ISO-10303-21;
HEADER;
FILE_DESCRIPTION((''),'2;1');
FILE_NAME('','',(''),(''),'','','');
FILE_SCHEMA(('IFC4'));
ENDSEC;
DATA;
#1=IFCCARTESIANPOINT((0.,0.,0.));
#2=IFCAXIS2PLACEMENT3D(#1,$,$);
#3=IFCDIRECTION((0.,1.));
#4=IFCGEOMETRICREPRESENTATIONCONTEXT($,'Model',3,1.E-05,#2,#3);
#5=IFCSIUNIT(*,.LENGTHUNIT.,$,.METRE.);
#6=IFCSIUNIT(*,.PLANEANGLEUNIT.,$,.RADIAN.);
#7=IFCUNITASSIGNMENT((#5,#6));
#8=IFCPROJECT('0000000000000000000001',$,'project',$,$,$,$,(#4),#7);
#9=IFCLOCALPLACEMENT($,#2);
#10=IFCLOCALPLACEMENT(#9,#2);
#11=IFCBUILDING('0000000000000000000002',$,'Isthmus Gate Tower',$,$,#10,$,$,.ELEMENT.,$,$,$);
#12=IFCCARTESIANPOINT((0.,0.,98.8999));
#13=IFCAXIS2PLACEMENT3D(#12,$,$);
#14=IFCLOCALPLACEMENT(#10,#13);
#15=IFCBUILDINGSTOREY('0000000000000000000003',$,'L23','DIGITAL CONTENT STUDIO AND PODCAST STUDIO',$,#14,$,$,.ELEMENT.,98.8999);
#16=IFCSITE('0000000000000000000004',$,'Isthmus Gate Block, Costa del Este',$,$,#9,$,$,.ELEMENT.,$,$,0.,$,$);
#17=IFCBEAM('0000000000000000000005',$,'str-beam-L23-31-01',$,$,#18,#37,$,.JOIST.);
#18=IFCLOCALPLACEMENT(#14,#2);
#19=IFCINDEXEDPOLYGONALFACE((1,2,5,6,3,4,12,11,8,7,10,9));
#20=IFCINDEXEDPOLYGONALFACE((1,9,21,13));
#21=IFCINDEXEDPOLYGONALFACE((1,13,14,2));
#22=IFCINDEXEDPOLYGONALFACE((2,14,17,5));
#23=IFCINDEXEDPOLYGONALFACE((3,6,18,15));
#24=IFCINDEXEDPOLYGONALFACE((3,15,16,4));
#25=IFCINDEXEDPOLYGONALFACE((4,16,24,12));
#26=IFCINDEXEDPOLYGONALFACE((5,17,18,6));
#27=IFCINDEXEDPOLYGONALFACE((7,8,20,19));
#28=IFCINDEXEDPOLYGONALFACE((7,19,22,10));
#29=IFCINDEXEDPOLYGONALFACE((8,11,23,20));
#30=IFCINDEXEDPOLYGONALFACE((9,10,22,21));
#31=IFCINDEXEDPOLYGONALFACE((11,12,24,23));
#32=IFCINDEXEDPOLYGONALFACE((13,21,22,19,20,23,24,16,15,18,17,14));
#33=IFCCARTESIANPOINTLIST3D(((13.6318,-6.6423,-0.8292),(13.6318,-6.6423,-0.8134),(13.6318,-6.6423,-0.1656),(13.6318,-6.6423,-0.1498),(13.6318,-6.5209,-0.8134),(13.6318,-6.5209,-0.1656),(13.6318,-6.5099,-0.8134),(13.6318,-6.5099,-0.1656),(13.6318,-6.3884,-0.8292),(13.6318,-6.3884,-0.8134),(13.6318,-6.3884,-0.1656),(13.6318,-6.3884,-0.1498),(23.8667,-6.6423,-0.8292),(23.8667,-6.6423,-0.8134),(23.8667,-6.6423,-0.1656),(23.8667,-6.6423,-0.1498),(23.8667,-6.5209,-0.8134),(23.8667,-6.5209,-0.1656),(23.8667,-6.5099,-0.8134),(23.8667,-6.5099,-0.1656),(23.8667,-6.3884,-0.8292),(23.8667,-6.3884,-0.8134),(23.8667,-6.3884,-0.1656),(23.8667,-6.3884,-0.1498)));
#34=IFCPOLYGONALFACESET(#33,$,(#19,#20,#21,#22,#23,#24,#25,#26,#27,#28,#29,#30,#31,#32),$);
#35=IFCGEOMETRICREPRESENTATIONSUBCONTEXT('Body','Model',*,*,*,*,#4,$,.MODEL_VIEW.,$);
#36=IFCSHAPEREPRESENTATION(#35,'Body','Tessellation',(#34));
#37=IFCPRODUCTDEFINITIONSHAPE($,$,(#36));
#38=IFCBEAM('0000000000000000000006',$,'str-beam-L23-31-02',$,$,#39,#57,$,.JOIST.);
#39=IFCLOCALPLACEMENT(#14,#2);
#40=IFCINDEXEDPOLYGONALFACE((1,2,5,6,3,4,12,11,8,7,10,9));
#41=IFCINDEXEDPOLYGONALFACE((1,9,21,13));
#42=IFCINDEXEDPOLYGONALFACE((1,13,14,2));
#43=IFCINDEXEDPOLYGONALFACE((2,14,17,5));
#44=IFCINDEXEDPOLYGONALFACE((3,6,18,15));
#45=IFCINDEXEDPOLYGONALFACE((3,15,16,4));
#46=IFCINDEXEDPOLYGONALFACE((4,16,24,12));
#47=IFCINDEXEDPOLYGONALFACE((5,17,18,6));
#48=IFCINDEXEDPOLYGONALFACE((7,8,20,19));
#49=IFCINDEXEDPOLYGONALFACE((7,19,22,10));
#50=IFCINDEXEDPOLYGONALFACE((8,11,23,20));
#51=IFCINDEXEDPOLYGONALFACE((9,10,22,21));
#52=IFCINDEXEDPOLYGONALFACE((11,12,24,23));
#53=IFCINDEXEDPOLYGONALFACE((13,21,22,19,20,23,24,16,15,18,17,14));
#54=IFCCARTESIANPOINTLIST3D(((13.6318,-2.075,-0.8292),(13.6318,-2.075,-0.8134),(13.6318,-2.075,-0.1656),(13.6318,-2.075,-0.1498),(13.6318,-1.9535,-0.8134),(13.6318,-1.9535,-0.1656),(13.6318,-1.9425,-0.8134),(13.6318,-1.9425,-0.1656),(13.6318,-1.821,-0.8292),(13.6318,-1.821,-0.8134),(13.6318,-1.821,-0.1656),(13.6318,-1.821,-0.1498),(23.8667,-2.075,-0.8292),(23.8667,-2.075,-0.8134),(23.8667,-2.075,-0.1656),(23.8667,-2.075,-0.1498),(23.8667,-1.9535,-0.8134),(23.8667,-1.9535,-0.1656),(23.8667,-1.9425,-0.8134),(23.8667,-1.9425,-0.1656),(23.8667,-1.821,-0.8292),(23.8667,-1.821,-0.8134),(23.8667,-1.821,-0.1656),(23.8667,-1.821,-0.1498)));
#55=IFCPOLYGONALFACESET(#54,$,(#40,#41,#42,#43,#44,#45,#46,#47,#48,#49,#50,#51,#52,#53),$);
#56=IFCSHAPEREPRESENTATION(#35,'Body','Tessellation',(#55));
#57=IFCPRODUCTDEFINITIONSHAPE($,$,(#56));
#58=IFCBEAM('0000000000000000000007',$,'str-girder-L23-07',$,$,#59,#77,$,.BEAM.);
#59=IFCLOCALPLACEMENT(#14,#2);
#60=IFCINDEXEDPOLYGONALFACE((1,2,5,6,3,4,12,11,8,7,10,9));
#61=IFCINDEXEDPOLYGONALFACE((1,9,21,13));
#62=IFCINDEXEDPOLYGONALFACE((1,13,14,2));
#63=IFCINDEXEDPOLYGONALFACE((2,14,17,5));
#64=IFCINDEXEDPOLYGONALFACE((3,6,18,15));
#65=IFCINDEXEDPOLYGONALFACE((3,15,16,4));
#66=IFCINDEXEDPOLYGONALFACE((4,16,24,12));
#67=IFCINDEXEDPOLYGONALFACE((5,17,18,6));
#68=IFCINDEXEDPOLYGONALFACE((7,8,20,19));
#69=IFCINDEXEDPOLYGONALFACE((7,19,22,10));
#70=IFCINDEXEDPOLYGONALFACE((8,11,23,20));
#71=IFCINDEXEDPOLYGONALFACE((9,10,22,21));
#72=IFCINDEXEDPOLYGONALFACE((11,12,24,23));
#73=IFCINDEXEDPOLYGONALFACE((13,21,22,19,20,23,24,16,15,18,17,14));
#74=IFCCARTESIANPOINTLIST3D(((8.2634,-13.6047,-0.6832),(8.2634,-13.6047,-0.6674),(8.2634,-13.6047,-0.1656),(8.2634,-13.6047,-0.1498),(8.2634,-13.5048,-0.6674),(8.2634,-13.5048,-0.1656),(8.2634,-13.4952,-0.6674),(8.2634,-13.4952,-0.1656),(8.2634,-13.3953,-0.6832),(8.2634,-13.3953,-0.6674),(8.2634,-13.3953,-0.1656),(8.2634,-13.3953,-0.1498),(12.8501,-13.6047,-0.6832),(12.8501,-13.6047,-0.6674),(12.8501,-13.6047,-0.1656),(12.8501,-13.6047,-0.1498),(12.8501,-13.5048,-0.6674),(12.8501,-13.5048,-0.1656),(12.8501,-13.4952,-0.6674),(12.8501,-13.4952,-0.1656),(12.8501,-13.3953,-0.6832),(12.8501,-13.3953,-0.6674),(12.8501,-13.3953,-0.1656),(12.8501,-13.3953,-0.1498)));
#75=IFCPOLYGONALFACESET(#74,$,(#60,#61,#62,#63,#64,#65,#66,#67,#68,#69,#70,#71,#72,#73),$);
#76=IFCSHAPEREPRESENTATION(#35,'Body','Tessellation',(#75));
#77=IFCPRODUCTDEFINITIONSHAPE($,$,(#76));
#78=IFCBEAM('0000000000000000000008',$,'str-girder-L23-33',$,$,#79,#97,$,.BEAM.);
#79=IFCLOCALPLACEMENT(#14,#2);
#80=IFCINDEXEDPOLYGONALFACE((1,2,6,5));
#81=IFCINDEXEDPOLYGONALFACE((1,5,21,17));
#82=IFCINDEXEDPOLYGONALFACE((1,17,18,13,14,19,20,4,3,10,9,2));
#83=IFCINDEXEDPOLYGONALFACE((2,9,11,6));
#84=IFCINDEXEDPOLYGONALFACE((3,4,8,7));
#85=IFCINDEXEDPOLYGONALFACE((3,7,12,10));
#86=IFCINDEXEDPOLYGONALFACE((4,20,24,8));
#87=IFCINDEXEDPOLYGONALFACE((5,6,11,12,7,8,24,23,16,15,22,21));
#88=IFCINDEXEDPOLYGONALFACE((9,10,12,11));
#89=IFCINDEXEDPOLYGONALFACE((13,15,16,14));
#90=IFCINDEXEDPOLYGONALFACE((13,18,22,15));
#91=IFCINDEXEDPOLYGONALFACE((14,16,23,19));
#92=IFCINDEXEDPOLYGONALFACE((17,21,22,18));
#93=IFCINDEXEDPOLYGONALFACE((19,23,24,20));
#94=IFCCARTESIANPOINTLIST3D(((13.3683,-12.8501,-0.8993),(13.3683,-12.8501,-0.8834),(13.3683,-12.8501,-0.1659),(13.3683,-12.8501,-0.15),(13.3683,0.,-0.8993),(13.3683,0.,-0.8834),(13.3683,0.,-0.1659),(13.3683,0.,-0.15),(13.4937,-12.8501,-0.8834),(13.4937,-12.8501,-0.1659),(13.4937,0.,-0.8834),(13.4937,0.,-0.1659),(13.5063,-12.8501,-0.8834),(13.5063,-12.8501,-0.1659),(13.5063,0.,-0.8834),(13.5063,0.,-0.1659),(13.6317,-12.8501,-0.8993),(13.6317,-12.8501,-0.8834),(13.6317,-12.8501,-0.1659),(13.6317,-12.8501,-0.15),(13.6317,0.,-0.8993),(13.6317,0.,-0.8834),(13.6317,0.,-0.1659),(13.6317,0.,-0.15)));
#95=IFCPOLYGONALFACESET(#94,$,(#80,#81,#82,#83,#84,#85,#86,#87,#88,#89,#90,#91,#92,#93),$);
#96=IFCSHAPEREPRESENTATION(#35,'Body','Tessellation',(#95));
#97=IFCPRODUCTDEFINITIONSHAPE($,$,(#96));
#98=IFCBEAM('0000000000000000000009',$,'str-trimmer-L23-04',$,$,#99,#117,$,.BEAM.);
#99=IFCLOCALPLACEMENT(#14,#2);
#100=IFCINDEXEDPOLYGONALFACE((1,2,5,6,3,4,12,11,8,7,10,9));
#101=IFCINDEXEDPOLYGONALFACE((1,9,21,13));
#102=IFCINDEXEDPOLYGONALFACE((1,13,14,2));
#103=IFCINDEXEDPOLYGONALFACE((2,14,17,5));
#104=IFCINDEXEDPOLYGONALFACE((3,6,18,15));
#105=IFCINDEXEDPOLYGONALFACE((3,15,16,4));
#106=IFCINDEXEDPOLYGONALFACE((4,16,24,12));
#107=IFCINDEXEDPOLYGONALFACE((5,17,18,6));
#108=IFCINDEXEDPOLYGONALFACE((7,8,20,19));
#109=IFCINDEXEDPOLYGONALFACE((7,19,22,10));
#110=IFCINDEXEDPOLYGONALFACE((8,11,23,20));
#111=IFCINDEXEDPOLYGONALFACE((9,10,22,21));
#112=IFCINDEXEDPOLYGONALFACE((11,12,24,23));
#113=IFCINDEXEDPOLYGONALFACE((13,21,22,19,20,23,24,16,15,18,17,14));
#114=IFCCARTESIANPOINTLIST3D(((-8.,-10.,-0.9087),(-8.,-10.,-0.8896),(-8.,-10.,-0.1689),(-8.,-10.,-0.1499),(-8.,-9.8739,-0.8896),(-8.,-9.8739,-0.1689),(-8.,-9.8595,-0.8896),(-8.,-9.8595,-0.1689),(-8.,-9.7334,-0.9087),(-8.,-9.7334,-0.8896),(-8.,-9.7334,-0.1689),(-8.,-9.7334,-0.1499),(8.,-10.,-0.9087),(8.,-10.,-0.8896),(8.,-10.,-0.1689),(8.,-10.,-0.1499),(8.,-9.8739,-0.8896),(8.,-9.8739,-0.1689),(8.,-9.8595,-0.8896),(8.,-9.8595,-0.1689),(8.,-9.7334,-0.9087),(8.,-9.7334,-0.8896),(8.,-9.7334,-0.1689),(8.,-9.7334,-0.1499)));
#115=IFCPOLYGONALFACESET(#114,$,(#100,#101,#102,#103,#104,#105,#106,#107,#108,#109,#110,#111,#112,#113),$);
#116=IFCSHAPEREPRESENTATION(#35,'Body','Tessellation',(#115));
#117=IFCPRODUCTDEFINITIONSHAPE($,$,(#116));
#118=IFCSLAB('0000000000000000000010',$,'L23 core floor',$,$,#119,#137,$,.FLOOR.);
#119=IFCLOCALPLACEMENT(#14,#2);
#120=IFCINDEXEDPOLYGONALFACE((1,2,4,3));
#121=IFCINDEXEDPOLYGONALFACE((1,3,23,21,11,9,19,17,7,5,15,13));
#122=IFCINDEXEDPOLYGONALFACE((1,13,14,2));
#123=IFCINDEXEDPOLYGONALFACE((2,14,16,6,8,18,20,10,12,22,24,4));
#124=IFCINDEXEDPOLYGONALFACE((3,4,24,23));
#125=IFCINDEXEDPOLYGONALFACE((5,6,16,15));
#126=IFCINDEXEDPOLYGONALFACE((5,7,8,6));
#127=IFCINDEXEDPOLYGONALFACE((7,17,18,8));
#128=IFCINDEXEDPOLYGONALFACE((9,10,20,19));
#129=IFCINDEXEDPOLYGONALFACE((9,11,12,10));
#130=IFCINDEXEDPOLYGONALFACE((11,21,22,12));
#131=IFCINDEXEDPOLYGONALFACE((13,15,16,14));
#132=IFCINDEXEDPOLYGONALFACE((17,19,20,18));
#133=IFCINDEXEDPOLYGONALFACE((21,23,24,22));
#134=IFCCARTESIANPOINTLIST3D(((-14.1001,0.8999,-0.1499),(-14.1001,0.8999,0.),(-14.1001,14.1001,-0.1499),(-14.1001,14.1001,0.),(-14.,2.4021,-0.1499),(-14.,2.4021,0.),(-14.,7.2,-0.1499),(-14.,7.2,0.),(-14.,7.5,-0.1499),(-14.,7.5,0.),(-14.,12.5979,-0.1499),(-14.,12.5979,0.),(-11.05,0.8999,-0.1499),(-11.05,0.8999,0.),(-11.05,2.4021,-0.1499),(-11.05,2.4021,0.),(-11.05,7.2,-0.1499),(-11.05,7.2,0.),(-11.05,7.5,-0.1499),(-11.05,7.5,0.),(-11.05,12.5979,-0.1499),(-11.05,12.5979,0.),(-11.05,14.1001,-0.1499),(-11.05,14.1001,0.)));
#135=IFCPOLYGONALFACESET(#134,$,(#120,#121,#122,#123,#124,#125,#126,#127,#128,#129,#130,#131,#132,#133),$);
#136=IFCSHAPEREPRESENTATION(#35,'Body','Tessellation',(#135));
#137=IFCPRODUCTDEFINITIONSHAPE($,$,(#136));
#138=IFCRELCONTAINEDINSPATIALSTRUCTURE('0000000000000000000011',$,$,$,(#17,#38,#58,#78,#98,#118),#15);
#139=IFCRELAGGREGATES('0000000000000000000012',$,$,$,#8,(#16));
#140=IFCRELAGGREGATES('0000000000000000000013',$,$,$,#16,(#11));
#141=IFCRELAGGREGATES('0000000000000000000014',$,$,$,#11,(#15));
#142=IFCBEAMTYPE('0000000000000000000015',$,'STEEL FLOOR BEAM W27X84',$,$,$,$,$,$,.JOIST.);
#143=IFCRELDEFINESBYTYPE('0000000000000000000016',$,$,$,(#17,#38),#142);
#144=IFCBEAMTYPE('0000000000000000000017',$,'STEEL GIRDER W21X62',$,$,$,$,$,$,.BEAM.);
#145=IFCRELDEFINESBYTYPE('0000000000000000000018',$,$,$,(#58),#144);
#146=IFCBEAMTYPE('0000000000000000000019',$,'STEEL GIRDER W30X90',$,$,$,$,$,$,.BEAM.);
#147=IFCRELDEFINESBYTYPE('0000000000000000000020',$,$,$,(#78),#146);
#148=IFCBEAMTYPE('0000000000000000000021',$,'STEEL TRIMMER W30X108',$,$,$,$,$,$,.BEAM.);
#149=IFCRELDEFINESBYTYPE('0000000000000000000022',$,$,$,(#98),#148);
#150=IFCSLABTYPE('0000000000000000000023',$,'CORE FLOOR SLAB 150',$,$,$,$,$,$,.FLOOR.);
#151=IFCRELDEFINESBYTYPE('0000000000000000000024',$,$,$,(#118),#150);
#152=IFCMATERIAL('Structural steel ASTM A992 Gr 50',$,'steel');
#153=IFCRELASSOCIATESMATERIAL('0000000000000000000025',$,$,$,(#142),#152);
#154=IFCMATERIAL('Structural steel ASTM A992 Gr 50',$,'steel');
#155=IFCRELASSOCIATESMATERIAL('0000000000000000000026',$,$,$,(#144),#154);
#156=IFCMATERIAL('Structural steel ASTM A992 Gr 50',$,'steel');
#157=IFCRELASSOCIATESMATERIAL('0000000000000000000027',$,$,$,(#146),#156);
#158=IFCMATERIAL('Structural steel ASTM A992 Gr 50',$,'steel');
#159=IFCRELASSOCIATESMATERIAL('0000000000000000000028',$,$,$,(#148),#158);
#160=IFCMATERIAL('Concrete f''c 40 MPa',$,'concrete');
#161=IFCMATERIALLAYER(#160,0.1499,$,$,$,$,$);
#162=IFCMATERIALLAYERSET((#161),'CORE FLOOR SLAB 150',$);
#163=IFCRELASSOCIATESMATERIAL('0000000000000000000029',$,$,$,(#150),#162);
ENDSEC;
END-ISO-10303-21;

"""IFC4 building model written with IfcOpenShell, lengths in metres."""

from ifc_helpers import new_model, si_unit, direction, frame, origin, origin_2d, place, context, subcontext, project, spatial, polyline, i_section, outline, extrude, material, layer, layer_set, material_profile, profile_set, type_object, element, save


model = new_model("IFC4")

# Units and contexts
model_context = context("Model", 3, precision=1e-05, world=origin(), true_north=direction((0.0, 1.0)))
body_context = subcontext(model_context, "Body", "Model", "MODEL_VIEW")
ifc_project = project(units=[si_unit("LENGTHUNIT", "METRE"), si_unit("PLANEANGLEUNIT", "RADIAN")], contexts=[model_context])

# Site, building, storey
site_placement = place(None, origin())
site = spatial("IfcSite", under=ifc_project, at=site_placement, Name="Isthmus Gate Block, Costa del Este", CompositionType="ELEMENT", RefElevation=0.0)
building_placement = place(site_placement, origin())
building = spatial("IfcBuilding", under=site, at=building_placement, Name="Isthmus Gate Tower", CompositionType="ELEMENT")
storey_placement = place(building_placement, frame((0.0, 0.0, 98.8999)))
storey = spatial("IfcBuildingStorey", under=building, at=storey_placement, Name="L23", Description="DIGITAL CONTENT STUDIO AND PODCAST STUDIO", CompositionType="ELEMENT", Elevation=98.8999)

# Beams
ifc_material_1 = material(Name="Structural steel ASTM A992 Gr 50", Category="steel")
ifc_material_profile_1 = material_profile(ifc_material_1, i_section(OverallWidth=0.2539, OverallDepth=0.6794, WebThickness=0.011, FlangeThickness=0.0159, at=origin_2d()), Name="W27X84")
ifc_profile_set_1 = profile_set([ifc_material_profile_1], Name="Structural steel ASTM A992 Gr 50")
beam_type_1 = type_object("IfcBeamType", Name="STEEL FLOOR BEAM W27X84", PredefinedType="JOIST", material=ifc_profile_set_1)
for number, where, z_axis, x_axis, name in (
    (1, (13.6318, -6.5154, -0.4895), (1.0, 0.0, 0.0), (0.0, 1.0, 0.0), "str-beam-L23-31-01"),
    (2, (13.6318, -1.948, -0.4895), (1.0, 0.0, 0.0), (0.0, 1.0, 0.0), "str-beam-L23-31-02"),
):
    element("IfcBeam", number, at=place(storey_placement, frame(where, z_axis=z_axis, x_axis=x_axis)), inside=storey, type_object=beam_type_1, Name=name, PredefinedType="JOIST", context=body_context, shape_type="SweptSolid", body=[
        extrude(i_section(OverallWidth=0.2539, OverallDepth=0.6794, WebThickness=0.011, FlangeThickness=0.0159, at=origin_2d()), origin(), (0.0, 0.0, 1.0), 10.2349),
    ])
ifc_material_2 = material(Name="Structural steel ASTM A992 Gr 50", Category="steel")
ifc_material_profile_2 = material_profile(ifc_material_2, i_section(OverallWidth=0.2095, OverallDepth=0.5334, WebThickness=0.0095, FlangeThickness=0.0159, at=origin_2d()), Name="W21X62")
ifc_profile_set_2 = profile_set([ifc_material_profile_2], Name="Structural steel ASTM A992 Gr 50")
beam_type_2 = type_object("IfcBeamType", Name="STEEL GIRDER W21X62", PredefinedType="BEAM", material=ifc_profile_set_2)
beam_1_placement = place(storey_placement, frame((8.2634, -13.5, -0.4165), z_axis=(1.0, 0.0, 0.0), x_axis=(0.0, 1.0, 0.0)))
element("IfcBeam", 3, at=beam_1_placement, inside=storey, type_object=beam_type_2, Name="str-girder-L23-07", PredefinedType="BEAM", context=body_context, shape_type="SweptSolid", body=[
    extrude(i_section(OverallWidth=0.2095, OverallDepth=0.5334, WebThickness=0.0095, FlangeThickness=0.0159, at=origin_2d()), origin(), (0.0, 0.0, 1.0), 4.5867),
])
ifc_material_3 = material(Name="Structural steel ASTM A992 Gr 50", Category="steel")
ifc_material_profile_3 = material_profile(ifc_material_3, i_section(OverallWidth=0.2634, OverallDepth=0.7493, WebThickness=0.0127, FlangeThickness=0.0159, at=origin_2d()), Name="W30X90")
ifc_profile_set_3 = profile_set([ifc_material_profile_3], Name="Structural steel ASTM A992 Gr 50")
beam_type_3 = type_object("IfcBeamType", Name="STEEL GIRDER W30X90", PredefinedType="BEAM", material=ifc_profile_set_3)
beam_2_placement = place(storey_placement, frame((13.5, -12.8501, -0.5247), z_axis=(0.0, 1.0, 0.0), x_axis=(-1.0, 0.0, 0.0)))
element("IfcBeam", 4, at=beam_2_placement, inside=storey, type_object=beam_type_3, Name="str-girder-L23-33", PredefinedType="BEAM", context=body_context, shape_type="SweptSolid", body=[
    extrude(i_section(OverallWidth=0.2634, OverallDepth=0.7493, WebThickness=0.0127, FlangeThickness=0.0159, at=origin_2d()), origin(), (0.0, 0.0, 1.0), 12.8501),
])
ifc_material_4 = material(Name="Structural steel ASTM A992 Gr 50", Category="steel")
ifc_material_profile_4 = material_profile(ifc_material_4, i_section(OverallWidth=0.2666, OverallDepth=0.7588, WebThickness=0.0144, FlangeThickness=0.019, at=origin_2d()), Name="W30X108")
ifc_profile_set_4 = profile_set([ifc_material_profile_4], Name="Structural steel ASTM A992 Gr 50")
beam_type_4 = type_object("IfcBeamType", Name="STEEL TRIMMER W30X108", PredefinedType="BEAM", material=ifc_profile_set_4)
beam_3_placement = place(storey_placement, frame((8.0, -9.8667, -0.5293), z_axis=(-1.0, 0.0, 0.0), x_axis=(0.0, -1.0, 0.0)))
element("IfcBeam", 5, at=beam_3_placement, inside=storey, type_object=beam_type_4, Name="str-trimmer-L23-04", PredefinedType="BEAM", context=body_context, shape_type="SweptSolid", body=[
    extrude(i_section(OverallWidth=0.2666, OverallDepth=0.7588, WebThickness=0.0144, FlangeThickness=0.019, at=origin_2d()), origin(), (0.0, 0.0, 1.0), 16.0),
])

# Slab
ifc_material_5 = material(Name="Concrete f'c 40 MPa", Category="concrete")
ifc_layer_1 = layer(ifc_material_5, 0.1499)
ifc_layer_set_1 = layer_set([ifc_layer_1], Name="CORE FLOOR SLAB 150")
slab_type_1 = type_object("IfcSlabType", Name="CORE FLOOR SLAB 150", PredefinedType="FLOOR", material=ifc_layer_set_1)
slab_1_placement = place(storey_placement, frame((0.0, 0.0, -0.1499)))
element("IfcSlab", 6, at=slab_1_placement, inside=storey, type_object=slab_type_1, Name="L23 core floor", PredefinedType="FLOOR", context=body_context, shape_type="SweptSolid", body=[
    extrude(outline(polyline([(-11.05, 0.8999), (-11.05, 2.4021), (-14.0, 2.4021), (-14.0, 7.2), (-11.05, 7.2), (-11.05, 7.5), (-14.0, 7.5), (-14.0, 12.5979), (-11.05, 12.5979), (-11.05, 14.1001), (-14.1001, 14.1001), (-14.1001, 0.8999), (-11.05, 0.8999)])), origin(), (0.0, 0.0, 1.0), 0.1499),
])

save(model, "model.ifc")
